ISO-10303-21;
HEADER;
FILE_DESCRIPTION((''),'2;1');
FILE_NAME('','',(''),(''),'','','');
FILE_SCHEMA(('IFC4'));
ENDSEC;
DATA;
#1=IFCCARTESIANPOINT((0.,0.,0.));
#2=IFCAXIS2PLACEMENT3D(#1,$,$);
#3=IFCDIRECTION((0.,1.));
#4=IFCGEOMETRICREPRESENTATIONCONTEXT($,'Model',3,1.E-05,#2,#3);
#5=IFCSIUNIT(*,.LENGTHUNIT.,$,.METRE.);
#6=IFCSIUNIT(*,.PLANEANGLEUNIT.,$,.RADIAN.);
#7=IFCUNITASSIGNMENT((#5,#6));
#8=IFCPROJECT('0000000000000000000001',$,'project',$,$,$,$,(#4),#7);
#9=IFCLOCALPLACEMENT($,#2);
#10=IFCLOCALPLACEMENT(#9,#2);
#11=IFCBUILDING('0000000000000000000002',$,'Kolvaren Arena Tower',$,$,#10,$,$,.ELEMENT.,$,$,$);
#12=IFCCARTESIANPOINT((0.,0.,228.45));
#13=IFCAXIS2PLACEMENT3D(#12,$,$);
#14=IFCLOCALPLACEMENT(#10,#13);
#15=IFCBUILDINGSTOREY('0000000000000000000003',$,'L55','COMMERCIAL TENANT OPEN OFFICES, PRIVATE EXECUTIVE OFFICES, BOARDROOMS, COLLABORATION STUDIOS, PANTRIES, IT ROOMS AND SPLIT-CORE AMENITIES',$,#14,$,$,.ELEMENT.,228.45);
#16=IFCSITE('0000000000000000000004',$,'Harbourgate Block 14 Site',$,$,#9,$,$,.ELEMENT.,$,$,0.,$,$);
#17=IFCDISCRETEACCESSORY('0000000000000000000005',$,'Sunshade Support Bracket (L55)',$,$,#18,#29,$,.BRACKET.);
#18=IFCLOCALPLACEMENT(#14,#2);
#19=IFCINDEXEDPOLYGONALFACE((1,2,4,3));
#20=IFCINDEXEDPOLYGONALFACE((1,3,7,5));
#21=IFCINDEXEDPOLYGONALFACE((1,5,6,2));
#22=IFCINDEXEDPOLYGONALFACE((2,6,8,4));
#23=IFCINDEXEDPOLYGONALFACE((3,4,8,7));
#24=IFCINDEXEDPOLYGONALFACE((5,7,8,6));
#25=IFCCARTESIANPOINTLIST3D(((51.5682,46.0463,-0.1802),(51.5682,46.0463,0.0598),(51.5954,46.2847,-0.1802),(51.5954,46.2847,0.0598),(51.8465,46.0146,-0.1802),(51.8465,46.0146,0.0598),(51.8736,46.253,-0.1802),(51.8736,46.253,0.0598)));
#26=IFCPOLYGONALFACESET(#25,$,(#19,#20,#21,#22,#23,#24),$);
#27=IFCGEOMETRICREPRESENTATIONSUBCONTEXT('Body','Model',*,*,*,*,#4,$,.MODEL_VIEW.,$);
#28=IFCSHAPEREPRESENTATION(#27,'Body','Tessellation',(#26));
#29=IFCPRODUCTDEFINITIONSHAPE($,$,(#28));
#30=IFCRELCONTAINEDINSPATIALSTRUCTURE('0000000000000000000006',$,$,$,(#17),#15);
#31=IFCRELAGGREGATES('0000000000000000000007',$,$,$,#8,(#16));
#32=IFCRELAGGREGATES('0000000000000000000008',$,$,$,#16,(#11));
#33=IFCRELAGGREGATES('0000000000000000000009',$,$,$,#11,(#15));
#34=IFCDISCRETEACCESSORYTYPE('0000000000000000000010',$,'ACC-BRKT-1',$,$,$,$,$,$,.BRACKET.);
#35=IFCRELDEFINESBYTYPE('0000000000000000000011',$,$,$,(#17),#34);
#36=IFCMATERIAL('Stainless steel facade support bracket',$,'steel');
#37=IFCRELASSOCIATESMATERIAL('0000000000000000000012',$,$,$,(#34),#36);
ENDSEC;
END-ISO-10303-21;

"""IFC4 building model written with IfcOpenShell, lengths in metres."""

from ifc_helpers import new_model, si_unit, direction, frame, origin, origin_2d, place, context, subcontext, project, spatial, rectangle, extrude, material, type_object, element, save


model = new_model("IFC4")

# Units and contexts
model_context = context("Model", 3, precision=1e-05, world=origin(), true_north=direction((0.0, 1.0)))
body_context = subcontext(model_context, "Body", "Model", "MODEL_VIEW")
ifc_project = project(units=[si_unit("LENGTHUNIT", "METRE"), si_unit("PLANEANGLEUNIT", "RADIAN")], contexts=[model_context])

# Site, building, storey
site_placement = place(None, origin())
site = spatial("IfcSite", under=ifc_project, at=site_placement, Name="Harbourgate Block 14 Site", CompositionType="ELEMENT", RefElevation=0.0)
building_placement = place(site_placement, origin())
building = spatial("IfcBuilding", under=site, at=building_placement, Name="Kolvaren Arena Tower", CompositionType="ELEMENT")
storey_placement = place(building_placement, frame((0.0, 0.0, 228.45)))
storey = spatial("IfcBuildingStorey", under=building, at=storey_placement, Name="L55", Description="COMMERCIAL TENANT OPEN OFFICES, PRIVATE EXECUTIVE OFFICES, BOARDROOMS, COLLABORATION STUDIOS, PANTRIES, IT ROOMS AND SPLIT-CORE AMENITIES", CompositionType="ELEMENT", Elevation=228.45)

# Discrete accessory
ifc_material_1 = material(Name="Stainless steel facade support bracket", Category="steel")
discrete_accessory_type = type_object("IfcDiscreteAccessoryType", Name="ACC-BRKT-1", PredefinedType="BRACKET", material=ifc_material_1)
for number, where, z_axis, x_axis, name in (
    (1, (51.7209, 46.1497, -0.1802), (0.0, 0.0, 1.0), (0.993572, -0.113205, 0.0), "Sunshade Support Bracket (L55)"),
):
    element("IfcDiscreteAccessory", number, at=place(storey_placement, frame(where, z_axis=z_axis, x_axis=x_axis)), inside=storey, type_object=discrete_accessory_type, Name=name, PredefinedType="BRACKET", context=body_context, shape_type="SweptSolid", body=[
        extrude(rectangle(XDim=0.28, YDim=0.24, at=origin_2d()), origin(), (0.0, 0.0, 1.0), 0.24),
    ])

save(model, "model.ifc")
